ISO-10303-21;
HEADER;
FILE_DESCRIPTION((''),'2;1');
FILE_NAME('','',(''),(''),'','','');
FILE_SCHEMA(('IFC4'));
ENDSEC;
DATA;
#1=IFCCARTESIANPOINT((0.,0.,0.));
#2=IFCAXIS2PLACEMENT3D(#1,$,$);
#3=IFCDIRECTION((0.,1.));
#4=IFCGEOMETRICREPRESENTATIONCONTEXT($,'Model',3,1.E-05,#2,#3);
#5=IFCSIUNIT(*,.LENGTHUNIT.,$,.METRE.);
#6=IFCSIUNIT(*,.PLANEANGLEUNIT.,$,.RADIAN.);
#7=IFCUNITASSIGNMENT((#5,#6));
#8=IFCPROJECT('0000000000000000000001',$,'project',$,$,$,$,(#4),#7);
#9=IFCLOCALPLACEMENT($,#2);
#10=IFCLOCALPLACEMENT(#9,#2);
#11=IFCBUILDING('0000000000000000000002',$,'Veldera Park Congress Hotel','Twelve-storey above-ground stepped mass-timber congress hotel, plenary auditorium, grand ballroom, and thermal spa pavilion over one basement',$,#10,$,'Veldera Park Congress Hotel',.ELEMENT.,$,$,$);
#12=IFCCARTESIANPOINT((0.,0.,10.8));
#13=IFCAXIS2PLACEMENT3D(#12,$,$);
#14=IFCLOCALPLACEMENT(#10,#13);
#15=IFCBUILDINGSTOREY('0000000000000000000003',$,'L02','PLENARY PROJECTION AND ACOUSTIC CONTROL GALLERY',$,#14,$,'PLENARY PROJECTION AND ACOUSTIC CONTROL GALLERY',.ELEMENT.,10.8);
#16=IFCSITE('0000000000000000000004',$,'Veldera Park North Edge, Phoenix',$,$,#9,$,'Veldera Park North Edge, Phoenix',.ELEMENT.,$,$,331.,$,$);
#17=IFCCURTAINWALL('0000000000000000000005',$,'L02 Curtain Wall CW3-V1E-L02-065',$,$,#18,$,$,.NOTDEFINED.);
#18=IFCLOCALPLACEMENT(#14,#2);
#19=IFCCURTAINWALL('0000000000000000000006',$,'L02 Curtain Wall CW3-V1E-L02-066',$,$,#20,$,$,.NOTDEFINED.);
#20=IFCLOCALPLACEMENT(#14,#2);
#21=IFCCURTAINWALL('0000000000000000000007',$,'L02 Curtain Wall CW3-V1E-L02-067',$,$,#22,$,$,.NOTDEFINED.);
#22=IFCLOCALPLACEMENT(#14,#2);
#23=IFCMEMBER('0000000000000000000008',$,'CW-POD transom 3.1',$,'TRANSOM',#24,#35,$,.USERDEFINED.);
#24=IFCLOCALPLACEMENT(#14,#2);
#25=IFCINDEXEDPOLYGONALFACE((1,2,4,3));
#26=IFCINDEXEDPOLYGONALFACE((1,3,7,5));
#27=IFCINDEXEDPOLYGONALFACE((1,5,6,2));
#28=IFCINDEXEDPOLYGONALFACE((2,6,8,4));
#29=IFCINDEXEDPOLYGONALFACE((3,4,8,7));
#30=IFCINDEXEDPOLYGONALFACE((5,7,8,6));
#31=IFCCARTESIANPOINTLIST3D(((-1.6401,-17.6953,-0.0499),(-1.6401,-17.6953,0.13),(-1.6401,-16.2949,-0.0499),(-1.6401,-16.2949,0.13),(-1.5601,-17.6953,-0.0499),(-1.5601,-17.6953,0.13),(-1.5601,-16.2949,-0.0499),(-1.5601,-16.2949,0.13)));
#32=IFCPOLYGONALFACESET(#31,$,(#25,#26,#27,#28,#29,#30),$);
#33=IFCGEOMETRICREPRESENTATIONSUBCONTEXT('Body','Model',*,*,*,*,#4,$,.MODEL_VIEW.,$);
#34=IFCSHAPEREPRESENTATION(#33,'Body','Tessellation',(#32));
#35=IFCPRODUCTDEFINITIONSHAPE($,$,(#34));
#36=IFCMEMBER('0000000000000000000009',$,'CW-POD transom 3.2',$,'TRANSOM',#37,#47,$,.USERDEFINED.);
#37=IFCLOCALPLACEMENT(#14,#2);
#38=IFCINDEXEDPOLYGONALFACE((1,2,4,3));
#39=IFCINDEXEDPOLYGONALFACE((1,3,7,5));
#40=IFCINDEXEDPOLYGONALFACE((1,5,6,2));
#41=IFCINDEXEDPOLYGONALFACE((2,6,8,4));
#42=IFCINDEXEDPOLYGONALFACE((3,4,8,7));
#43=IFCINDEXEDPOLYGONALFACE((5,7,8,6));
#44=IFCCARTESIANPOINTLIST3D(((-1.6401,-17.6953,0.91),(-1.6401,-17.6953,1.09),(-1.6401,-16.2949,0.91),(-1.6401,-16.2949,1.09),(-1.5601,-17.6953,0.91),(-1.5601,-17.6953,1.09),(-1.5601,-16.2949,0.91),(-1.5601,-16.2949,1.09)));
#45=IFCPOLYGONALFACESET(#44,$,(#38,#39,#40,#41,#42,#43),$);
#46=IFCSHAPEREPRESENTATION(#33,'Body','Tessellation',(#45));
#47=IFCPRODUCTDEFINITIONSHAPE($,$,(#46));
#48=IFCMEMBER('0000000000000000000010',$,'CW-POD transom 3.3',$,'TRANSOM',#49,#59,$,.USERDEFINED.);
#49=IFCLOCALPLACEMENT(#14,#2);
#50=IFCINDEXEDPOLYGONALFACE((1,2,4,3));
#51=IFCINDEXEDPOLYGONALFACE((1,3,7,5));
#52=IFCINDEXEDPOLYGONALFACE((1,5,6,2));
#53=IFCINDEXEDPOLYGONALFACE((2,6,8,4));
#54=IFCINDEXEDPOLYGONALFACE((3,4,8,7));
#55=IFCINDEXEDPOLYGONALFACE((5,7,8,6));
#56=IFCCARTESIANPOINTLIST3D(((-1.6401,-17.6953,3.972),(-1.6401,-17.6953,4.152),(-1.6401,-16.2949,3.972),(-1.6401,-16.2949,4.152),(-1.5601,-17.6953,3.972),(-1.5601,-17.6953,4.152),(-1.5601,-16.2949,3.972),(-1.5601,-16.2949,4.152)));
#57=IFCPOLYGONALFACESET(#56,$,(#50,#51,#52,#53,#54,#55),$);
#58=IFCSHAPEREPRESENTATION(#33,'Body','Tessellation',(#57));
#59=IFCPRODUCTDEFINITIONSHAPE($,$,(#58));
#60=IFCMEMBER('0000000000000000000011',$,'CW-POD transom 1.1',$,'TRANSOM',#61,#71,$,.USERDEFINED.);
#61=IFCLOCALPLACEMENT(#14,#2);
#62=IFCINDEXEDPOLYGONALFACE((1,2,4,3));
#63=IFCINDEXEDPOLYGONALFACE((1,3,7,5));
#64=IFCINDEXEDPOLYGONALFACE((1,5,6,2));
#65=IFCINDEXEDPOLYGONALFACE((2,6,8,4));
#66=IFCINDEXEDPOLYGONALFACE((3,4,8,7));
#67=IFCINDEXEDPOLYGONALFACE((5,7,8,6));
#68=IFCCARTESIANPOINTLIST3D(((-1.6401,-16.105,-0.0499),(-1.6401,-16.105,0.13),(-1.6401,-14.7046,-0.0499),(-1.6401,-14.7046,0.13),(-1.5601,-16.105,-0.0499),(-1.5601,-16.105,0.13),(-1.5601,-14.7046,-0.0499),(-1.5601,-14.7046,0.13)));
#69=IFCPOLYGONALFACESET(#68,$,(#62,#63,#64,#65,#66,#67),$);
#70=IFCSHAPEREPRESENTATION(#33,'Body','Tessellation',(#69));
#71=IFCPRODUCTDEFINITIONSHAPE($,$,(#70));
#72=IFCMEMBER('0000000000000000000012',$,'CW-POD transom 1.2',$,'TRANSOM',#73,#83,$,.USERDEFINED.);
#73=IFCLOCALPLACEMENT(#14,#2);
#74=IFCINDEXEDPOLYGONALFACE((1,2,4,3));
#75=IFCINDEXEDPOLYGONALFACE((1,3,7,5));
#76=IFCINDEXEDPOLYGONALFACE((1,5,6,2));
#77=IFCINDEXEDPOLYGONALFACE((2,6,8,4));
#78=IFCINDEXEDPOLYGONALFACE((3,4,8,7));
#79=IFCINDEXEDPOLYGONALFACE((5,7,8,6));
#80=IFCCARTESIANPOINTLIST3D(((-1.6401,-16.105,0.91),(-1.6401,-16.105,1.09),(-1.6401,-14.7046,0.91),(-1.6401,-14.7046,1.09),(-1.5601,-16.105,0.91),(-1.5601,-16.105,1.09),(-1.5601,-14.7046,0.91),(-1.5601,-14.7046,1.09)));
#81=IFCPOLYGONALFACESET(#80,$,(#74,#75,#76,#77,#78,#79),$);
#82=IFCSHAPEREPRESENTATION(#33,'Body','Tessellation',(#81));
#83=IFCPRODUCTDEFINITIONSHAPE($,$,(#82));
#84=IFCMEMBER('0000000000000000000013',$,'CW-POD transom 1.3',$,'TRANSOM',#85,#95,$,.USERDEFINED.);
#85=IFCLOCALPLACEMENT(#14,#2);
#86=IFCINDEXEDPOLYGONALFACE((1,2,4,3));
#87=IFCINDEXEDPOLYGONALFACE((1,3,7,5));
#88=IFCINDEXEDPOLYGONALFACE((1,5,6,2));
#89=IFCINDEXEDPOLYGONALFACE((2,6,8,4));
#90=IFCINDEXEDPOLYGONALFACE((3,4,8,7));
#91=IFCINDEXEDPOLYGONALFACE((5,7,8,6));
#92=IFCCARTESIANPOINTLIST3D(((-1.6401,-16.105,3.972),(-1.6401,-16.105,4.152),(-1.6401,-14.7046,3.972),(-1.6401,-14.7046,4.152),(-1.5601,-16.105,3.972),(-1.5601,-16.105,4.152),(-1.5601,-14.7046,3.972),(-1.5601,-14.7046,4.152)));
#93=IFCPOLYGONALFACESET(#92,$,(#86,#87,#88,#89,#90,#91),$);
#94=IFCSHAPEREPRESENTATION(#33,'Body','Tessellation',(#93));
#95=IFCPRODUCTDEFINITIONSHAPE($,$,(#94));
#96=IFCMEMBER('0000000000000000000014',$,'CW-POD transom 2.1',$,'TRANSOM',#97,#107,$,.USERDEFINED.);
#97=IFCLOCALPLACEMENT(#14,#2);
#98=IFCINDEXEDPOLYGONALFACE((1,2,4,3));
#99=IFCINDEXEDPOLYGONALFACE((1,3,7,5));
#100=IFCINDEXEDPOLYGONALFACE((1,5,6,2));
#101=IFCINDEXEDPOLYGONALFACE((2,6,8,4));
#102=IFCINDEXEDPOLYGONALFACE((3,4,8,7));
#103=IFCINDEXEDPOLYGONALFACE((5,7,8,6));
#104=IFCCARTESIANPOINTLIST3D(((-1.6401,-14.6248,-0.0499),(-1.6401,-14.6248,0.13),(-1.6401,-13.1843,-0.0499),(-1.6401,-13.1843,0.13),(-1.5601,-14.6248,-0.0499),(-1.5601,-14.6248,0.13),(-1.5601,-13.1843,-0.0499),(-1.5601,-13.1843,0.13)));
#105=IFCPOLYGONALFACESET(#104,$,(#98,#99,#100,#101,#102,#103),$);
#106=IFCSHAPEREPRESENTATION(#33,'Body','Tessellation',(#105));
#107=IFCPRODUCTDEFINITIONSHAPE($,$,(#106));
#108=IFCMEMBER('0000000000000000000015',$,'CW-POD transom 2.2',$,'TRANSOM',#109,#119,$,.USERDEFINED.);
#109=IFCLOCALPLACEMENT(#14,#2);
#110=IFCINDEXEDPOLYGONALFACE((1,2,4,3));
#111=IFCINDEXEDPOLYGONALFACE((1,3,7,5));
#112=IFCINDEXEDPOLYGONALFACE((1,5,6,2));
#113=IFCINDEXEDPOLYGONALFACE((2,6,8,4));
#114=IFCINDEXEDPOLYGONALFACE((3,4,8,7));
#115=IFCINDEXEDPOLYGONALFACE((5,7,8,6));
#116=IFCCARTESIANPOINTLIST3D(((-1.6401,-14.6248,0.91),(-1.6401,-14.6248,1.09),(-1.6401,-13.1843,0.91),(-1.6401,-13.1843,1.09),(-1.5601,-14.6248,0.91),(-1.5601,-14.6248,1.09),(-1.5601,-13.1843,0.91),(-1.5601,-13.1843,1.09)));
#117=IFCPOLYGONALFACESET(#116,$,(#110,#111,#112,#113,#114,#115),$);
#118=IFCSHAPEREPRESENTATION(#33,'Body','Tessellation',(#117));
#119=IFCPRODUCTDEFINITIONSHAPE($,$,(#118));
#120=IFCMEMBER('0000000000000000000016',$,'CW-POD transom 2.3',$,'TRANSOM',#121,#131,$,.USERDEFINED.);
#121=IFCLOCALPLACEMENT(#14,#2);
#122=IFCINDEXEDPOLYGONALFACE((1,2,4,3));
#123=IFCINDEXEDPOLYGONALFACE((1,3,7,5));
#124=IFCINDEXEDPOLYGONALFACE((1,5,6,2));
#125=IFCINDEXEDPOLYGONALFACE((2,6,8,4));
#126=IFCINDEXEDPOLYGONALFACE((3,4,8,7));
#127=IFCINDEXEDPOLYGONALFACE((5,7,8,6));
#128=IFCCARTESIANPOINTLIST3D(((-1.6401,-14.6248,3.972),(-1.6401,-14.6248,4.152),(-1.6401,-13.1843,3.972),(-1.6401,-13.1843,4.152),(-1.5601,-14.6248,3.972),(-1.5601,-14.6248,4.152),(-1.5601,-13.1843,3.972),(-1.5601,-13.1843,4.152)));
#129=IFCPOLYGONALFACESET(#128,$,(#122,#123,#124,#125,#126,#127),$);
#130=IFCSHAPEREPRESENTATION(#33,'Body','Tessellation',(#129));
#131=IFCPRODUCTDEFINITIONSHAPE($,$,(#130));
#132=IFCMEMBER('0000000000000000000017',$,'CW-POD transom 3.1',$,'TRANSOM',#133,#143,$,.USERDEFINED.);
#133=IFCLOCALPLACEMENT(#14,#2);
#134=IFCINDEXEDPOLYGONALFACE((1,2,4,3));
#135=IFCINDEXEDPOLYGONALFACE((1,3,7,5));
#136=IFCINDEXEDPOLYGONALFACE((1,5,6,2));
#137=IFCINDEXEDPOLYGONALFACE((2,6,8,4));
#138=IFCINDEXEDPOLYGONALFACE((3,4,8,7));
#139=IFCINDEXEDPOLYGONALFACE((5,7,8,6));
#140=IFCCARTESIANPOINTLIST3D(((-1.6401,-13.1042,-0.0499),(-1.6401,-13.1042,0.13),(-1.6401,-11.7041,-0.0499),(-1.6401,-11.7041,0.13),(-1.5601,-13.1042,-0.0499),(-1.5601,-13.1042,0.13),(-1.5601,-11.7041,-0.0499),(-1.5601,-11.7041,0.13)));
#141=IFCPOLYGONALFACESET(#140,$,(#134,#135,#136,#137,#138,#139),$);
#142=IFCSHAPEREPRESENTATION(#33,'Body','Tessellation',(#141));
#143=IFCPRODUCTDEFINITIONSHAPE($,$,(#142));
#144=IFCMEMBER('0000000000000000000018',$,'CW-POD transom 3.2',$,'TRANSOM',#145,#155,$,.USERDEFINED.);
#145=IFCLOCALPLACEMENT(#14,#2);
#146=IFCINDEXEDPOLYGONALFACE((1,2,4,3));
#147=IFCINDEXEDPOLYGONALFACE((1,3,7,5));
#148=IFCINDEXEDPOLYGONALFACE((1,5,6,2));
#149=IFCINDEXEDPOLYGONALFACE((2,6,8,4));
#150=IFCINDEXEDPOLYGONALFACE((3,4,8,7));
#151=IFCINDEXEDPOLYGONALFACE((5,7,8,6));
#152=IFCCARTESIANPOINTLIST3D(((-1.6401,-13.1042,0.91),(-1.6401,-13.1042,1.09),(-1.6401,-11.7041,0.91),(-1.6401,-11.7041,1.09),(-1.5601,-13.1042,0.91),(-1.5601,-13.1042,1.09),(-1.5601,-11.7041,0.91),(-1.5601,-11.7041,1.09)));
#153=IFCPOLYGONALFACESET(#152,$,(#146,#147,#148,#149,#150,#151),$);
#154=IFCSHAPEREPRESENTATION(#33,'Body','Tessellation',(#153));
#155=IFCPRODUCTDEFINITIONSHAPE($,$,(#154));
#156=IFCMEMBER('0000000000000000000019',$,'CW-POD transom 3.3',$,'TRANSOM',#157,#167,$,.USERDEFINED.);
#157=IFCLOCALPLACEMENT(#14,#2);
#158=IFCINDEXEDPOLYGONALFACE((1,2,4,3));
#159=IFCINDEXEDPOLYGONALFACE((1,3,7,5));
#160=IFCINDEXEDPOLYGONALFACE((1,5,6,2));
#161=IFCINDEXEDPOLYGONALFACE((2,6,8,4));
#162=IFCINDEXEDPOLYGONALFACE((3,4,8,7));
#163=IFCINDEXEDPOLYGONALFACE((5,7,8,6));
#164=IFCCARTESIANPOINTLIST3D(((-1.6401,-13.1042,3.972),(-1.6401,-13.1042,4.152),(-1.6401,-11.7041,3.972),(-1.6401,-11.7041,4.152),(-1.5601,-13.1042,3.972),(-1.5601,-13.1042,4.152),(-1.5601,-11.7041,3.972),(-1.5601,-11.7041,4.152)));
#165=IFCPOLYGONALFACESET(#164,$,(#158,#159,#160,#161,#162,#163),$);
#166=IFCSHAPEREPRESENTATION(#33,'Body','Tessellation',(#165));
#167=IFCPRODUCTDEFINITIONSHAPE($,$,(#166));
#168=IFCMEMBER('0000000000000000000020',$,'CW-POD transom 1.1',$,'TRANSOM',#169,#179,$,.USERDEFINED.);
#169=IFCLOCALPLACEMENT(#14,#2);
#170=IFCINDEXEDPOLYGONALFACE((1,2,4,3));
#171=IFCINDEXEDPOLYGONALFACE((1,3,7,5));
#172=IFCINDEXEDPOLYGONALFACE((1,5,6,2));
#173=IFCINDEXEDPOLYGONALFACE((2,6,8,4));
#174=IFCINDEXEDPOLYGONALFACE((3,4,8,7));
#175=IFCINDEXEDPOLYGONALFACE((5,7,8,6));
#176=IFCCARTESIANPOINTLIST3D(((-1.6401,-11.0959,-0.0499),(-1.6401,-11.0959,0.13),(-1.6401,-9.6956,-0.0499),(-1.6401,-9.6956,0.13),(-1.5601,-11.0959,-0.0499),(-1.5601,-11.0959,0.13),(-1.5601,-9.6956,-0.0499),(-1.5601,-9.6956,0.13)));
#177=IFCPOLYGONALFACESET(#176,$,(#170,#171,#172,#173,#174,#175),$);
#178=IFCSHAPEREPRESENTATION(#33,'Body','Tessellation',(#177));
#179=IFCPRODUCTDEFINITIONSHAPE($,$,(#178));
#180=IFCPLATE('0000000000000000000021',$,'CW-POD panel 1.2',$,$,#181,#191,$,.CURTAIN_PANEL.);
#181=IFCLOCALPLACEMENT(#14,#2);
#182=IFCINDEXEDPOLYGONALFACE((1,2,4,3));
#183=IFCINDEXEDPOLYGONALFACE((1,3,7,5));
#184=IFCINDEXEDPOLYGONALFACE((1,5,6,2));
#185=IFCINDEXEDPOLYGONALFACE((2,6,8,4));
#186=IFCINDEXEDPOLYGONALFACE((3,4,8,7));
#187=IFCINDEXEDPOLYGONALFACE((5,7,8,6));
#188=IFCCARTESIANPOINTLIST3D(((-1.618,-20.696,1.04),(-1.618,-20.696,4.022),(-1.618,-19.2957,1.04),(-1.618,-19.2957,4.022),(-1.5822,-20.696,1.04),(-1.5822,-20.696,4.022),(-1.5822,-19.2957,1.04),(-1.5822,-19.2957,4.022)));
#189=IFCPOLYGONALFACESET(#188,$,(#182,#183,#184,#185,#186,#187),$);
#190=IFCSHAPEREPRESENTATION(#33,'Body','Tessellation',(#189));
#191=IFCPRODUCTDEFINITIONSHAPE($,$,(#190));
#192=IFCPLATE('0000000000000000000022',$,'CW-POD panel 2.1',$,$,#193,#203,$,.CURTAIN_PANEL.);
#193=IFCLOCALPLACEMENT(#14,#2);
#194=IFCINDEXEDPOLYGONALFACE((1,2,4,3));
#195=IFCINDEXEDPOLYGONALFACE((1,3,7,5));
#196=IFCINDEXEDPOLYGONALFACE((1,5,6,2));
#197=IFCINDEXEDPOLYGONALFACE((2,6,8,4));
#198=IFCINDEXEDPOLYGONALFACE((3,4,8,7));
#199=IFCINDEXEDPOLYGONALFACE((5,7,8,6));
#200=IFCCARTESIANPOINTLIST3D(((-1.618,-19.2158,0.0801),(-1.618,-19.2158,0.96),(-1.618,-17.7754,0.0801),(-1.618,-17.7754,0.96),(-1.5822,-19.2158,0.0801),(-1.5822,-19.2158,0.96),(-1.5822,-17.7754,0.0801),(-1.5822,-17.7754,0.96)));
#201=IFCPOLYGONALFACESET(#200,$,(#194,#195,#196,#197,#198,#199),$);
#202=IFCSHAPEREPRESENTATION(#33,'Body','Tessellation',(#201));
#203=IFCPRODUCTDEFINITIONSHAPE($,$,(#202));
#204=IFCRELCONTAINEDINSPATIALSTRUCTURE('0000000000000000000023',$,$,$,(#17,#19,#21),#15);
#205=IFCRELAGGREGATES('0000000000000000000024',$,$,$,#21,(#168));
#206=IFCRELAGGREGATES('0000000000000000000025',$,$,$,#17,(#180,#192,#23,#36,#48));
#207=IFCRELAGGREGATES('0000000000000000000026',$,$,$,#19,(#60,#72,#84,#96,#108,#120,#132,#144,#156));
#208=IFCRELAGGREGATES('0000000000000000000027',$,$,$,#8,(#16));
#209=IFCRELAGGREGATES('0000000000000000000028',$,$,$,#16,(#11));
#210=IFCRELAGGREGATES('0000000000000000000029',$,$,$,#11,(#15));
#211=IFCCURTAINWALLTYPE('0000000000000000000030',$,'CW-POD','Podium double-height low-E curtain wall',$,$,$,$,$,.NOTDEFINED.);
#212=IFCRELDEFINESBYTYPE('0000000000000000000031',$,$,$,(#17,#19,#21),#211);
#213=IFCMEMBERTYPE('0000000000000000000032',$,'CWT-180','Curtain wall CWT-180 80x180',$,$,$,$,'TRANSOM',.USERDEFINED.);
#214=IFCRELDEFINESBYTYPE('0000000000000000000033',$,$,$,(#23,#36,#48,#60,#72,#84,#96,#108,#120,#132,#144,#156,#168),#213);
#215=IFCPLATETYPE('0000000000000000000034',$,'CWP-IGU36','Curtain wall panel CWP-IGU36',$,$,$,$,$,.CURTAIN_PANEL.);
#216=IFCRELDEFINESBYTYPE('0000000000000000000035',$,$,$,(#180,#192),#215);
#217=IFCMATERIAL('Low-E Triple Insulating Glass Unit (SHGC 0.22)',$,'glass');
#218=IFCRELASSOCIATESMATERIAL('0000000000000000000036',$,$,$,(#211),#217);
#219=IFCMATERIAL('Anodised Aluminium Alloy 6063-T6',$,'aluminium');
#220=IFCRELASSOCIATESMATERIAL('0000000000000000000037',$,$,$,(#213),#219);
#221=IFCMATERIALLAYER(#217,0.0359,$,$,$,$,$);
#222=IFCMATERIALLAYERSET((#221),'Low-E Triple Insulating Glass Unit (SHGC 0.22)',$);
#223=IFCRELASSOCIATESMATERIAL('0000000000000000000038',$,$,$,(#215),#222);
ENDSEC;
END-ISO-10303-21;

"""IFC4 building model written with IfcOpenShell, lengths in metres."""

from ifc_helpers import new_model, si_unit, direction, frame, origin, origin_2d, place, context, subcontext, project, spatial, rectangle, extrude, material, layer, layer_set, material_profile, profile_set, type_object, element, aggregate, save


model = new_model("IFC4")

# Units and contexts
model_context = context("Model", 3, precision=1e-05, world=origin(), true_north=direction((0.0, 1.0)))
body_context = subcontext(model_context, "Body", "Model", "MODEL_VIEW")
ifc_project = project(units=[si_unit("LENGTHUNIT", "METRE"), si_unit("PLANEANGLEUNIT", "RADIAN")], contexts=[model_context])

# Site, building, storey
site_placement = place(None, origin())
site = spatial("IfcSite", under=ifc_project, at=site_placement, Name="Veldera Park North Edge, Phoenix", LongName="Veldera Park North Edge, Phoenix", CompositionType="ELEMENT", RefElevation=331.0)
building_placement = place(site_placement, origin())
building = spatial("IfcBuilding", under=site, at=building_placement, Name="Veldera Park Congress Hotel", Description="Twelve-storey above-ground stepped mass-timber congress hotel, plenary auditorium, grand ballroom, and thermal spa pavilion over one basement", LongName="Veldera Park Congress Hotel", CompositionType="ELEMENT")
storey_placement = place(building_placement, frame((0.0, 0.0, 10.8)))
storey = spatial("IfcBuildingStorey", under=building, at=storey_placement, Name="L02", Description="PLENARY PROJECTION AND ACOUSTIC CONTROL GALLERY", LongName="PLENARY PROJECTION AND ACOUSTIC CONTROL GALLERY", CompositionType="ELEMENT", Elevation=10.8)

# Curtain walls
ifc_material_1 = material(Name="Low-E Triple Insulating Glass Unit (SHGC 0.22)", Category="glass")
curtain_wall_type = type_object("IfcCurtainWallType", Name="CW-POD", Description="Podium double-height low-E curtain wall", PredefinedType="NOTDEFINED", material=ifc_material_1)
curtain_wall_1_placement = place(storey_placement, origin())
curtain_wall_1 = element("IfcCurtainWall", 1, at=curtain_wall_1_placement, inside=storey, type_object=curtain_wall_type, Name="L02 Curtain Wall CW3-V1E-L02-065", PredefinedType="NOTDEFINED")
ifc_material_2 = material(Name="Anodised Aluminium Alloy 6063-T6", Category="aluminium")
curtain_wall_2_placement = place(storey_placement, origin())
curtain_wall_2 = element("IfcCurtainWall", 2, at=curtain_wall_2_placement, inside=storey, type_object=curtain_wall_type, Name="L02 Curtain Wall CW3-V1E-L02-066", PredefinedType="NOTDEFINED")

# Curtain wall
curtain_wall_3_placement = place(storey_placement, origin())
curtain_wall_3 = element("IfcCurtainWall", 3, at=curtain_wall_3_placement, inside=storey, type_object=curtain_wall_type, Name="L02 Curtain Wall CW3-V1E-L02-067", PredefinedType="NOTDEFINED")

# Members
ifc_material_profile_1 = material_profile(ifc_material_2, rectangle(XDim=0.0801, YDim=0.1799, at=origin_2d()), Name="ALU 80x180")
ifc_profile_set_1 = profile_set([ifc_material_profile_1], Name="Anodised Aluminium Alloy 6063-T6")
member_type_1 = type_object("IfcMemberType", Name="CWT-180", Description="Curtain wall CWT-180 80x180", ElementType="TRANSOM", PredefinedType="USERDEFINED", material=ifc_profile_set_1)
member_1_placement = place(storey_placement, frame((-1.6001, -17.6953, 0.04), z_axis=(0.0, 1.0, 0.0), x_axis=(-1.0, 0.0, 0.0)))
member_1 = element("IfcMember", 4, at=member_1_placement, type_object=member_type_1, Name="CW-POD transom 3.1", ObjectType="TRANSOM", PredefinedType="USERDEFINED", context=body_context, shape_type="SweptSolid", body=[
    extrude(rectangle(XDim=0.0801, YDim=0.1799, at=origin_2d()), origin(), (0.0, 0.0, 1.0), 1.4004),
])
member_2_placement = place(storey_placement, frame((-1.6001, -17.6953, 1.0), z_axis=(0.0, 1.0, 0.0), x_axis=(-1.0, 0.0, 0.0)))
member_2 = element("IfcMember", 5, at=member_2_placement, type_object=member_type_1, Name="CW-POD transom 3.2", ObjectType="TRANSOM", PredefinedType="USERDEFINED", context=body_context, shape_type="SweptSolid", body=[
    extrude(rectangle(XDim=0.0801, YDim=0.1799, at=origin_2d()), origin(), (0.0, 0.0, 1.0), 1.4004),
])
member_3_placement = place(storey_placement, frame((-1.6001, -17.6953, 4.062), z_axis=(0.0, 1.0, 0.0), x_axis=(-1.0, 0.0, 0.0)))
member_3 = element("IfcMember", 6, at=member_3_placement, type_object=member_type_1, Name="CW-POD transom 3.3", ObjectType="TRANSOM", PredefinedType="USERDEFINED", context=body_context, shape_type="SweptSolid", body=[
    extrude(rectangle(XDim=0.0801, YDim=0.1799, at=origin_2d()), origin(), (0.0, 0.0, 1.0), 1.4004),
])
member_4_placement = place(storey_placement, frame((-1.6001, -16.105, 0.04), z_axis=(0.0, 1.0, 0.0), x_axis=(-1.0, 0.0, 0.0)))
member_4 = element("IfcMember", 7, at=member_4_placement, type_object=member_type_1, Name="CW-POD transom 1.1", ObjectType="TRANSOM", PredefinedType="USERDEFINED", context=body_context, shape_type="SweptSolid", body=[
    extrude(rectangle(XDim=0.0801, YDim=0.1799, at=origin_2d()), origin(), (0.0, 0.0, 1.0), 1.4004),
])
member_5_placement = place(storey_placement, frame((-1.6001, -16.105, 1.0), z_axis=(0.0, 1.0, 0.0), x_axis=(-1.0, 0.0, 0.0)))
member_5 = element("IfcMember", 8, at=member_5_placement, type_object=member_type_1, Name="CW-POD transom 1.2", ObjectType="TRANSOM", PredefinedType="USERDEFINED", context=body_context, shape_type="SweptSolid", body=[
    extrude(rectangle(XDim=0.0801, YDim=0.1799, at=origin_2d()), origin(), (0.0, 0.0, 1.0), 1.4004),
])
member_6_placement = place(storey_placement, frame((-1.6001, -16.105, 4.062), z_axis=(0.0, 1.0, 0.0), x_axis=(-1.0, 0.0, 0.0)))
member_6 = element("IfcMember", 9, at=member_6_placement, type_object=member_type_1, Name="CW-POD transom 1.3", ObjectType="TRANSOM", PredefinedType="USERDEFINED", context=body_context, shape_type="SweptSolid", body=[
    extrude(rectangle(XDim=0.0801, YDim=0.1799, at=origin_2d()), origin(), (0.0, 0.0, 1.0), 1.4004),
])
member_7_placement = place(storey_placement, frame((-1.6001, -14.6248, 0.04), z_axis=(0.0, 1.0, 0.0), x_axis=(-1.0, 0.0, 0.0)))
member_7 = element("IfcMember", 10, at=member_7_placement, type_object=member_type_1, Name="CW-POD transom 2.1", ObjectType="TRANSOM", PredefinedType="USERDEFINED", context=body_context, shape_type="SweptSolid", body=[
    extrude(rectangle(XDim=0.0801, YDim=0.1799, at=origin_2d()), origin(), (0.0, 0.0, 1.0), 1.4404),
])
member_8_placement = place(storey_placement, frame((-1.6001, -14.6248, 1.0), z_axis=(0.0, 1.0, 0.0), x_axis=(-1.0, 0.0, 0.0)))
member_8 = element("IfcMember", 11, at=member_8_placement, type_object=member_type_1, Name="CW-POD transom 2.2", ObjectType="TRANSOM", PredefinedType="USERDEFINED", context=body_context, shape_type="SweptSolid", body=[
    extrude(rectangle(XDim=0.0801, YDim=0.1799, at=origin_2d()), origin(), (0.0, 0.0, 1.0), 1.4404),
])
member_9_placement = place(storey_placement, frame((-1.6001, -14.6248, 4.062), z_axis=(0.0, 1.0, 0.0), x_axis=(-1.0, 0.0, 0.0)))
member_9 = element("IfcMember", 12, at=member_9_placement, type_object=member_type_1, Name="CW-POD transom 2.3", ObjectType="TRANSOM", PredefinedType="USERDEFINED", context=body_context, shape_type="SweptSolid", body=[
    extrude(rectangle(XDim=0.0801, YDim=0.1799, at=origin_2d()), origin(), (0.0, 0.0, 1.0), 1.4404),
])
member_10_placement = place(storey_placement, frame((-1.6001, -13.1042, 0.04), z_axis=(0.0, 1.0, 0.0), x_axis=(-1.0, 0.0, 0.0)))
member_10 = element("IfcMember", 13, at=member_10_placement, type_object=member_type_1, Name="CW-POD transom 3.1", ObjectType="TRANSOM", PredefinedType="USERDEFINED", context=body_context, shape_type="SweptSolid", body=[
    extrude(rectangle(XDim=0.0801, YDim=0.1799, at=origin_2d()), origin(), (0.0, 0.0, 1.0), 1.4001),
])
member_11_placement = place(storey_placement, frame((-1.6001, -13.1042, 1.0), z_axis=(0.0, 1.0, 0.0), x_axis=(-1.0, 0.0, 0.0)))
member_11 = element("IfcMember", 14, at=member_11_placement, type_object=member_type_1, Name="CW-POD transom 3.2", ObjectType="TRANSOM", PredefinedType="USERDEFINED", context=body_context, shape_type="SweptSolid", body=[
    extrude(rectangle(XDim=0.0801, YDim=0.1799, at=origin_2d()), origin(), (0.0, 0.0, 1.0), 1.4001),
])
member_12_placement = place(storey_placement, frame((-1.6001, -13.1042, 4.062), z_axis=(0.0, 1.0, 0.0), x_axis=(-1.0, 0.0, 0.0)))
member_12 = element("IfcMember", 15, at=member_12_placement, type_object=member_type_1, Name="CW-POD transom 3.3", ObjectType="TRANSOM", PredefinedType="USERDEFINED", context=body_context, shape_type="SweptSolid", body=[
    extrude(rectangle(XDim=0.0801, YDim=0.1799, at=origin_2d()), origin(), (0.0, 0.0, 1.0), 1.4001),
])
member_13_placement = place(storey_placement, frame((-1.6001, -11.0959, 0.04), z_axis=(0.0, 1.0, 0.0), x_axis=(-1.0, 0.0, 0.0)))
member_13 = element("IfcMember", 16, at=member_13_placement, type_object=member_type_1, Name="CW-POD transom 1.1", ObjectType="TRANSOM", PredefinedType="USERDEFINED", context=body_context, shape_type="SweptSolid", body=[
    extrude(rectangle(XDim=0.0801, YDim=0.1799, at=origin_2d()), origin(), (0.0, 0.0, 1.0), 1.4004),
])
aggregate(curtain_wall_3, [member_13])

# Plates
ifc_layer_1 = layer(ifc_material_1, 0.0359)
ifc_layer_set_1 = layer_set([ifc_layer_1], Name="Low-E Triple Insulating Glass Unit (SHGC 0.22)")
plate_type = type_object("IfcPlateType", Name="CWP-IGU36", Description="Curtain wall panel CWP-IGU36", PredefinedType="CURTAIN_PANEL", material=ifc_layer_set_1)
plate_1_placement = place(storey_placement, frame((-1.6001, -19.9958, 1.04), z_axis=(0.0, 0.0, 1.0), x_axis=(0.0, 1.0, 0.0)))
plate_1 = element("IfcPlate", 17, at=plate_1_placement, type_object=plate_type, Name="CW-POD panel 1.2", PredefinedType="CURTAIN_PANEL", context=body_context, shape_type="SweptSolid", body=[
    extrude(rectangle(XDim=1.4004, YDim=0.0359, at=origin_2d()), origin(), (0.0, 0.0, 1.0), 2.9819),
])
plate_2_placement = place(storey_placement, frame((-1.6001, -18.4956, 0.0801), z_axis=(0.0, 0.0, 1.0), x_axis=(0.0, 1.0, 0.0)))
plate_2 = element("IfcPlate", 18, at=plate_2_placement, type_object=plate_type, Name="CW-POD panel 2.1", PredefinedType="CURTAIN_PANEL", context=body_context, shape_type="SweptSolid", body=[
    extrude(rectangle(XDim=1.4404, YDim=0.0359, at=origin_2d()), origin(), (0.0, 0.0, 1.0), 0.8799),
])
aggregate(curtain_wall_1, [plate_1, plate_2, member_1, member_2, member_3])
aggregate(curtain_wall_2, [member_4, member_5, member_6, member_7, member_8, member_9, member_10, member_11, member_12])

save(model, "model.ifc")
